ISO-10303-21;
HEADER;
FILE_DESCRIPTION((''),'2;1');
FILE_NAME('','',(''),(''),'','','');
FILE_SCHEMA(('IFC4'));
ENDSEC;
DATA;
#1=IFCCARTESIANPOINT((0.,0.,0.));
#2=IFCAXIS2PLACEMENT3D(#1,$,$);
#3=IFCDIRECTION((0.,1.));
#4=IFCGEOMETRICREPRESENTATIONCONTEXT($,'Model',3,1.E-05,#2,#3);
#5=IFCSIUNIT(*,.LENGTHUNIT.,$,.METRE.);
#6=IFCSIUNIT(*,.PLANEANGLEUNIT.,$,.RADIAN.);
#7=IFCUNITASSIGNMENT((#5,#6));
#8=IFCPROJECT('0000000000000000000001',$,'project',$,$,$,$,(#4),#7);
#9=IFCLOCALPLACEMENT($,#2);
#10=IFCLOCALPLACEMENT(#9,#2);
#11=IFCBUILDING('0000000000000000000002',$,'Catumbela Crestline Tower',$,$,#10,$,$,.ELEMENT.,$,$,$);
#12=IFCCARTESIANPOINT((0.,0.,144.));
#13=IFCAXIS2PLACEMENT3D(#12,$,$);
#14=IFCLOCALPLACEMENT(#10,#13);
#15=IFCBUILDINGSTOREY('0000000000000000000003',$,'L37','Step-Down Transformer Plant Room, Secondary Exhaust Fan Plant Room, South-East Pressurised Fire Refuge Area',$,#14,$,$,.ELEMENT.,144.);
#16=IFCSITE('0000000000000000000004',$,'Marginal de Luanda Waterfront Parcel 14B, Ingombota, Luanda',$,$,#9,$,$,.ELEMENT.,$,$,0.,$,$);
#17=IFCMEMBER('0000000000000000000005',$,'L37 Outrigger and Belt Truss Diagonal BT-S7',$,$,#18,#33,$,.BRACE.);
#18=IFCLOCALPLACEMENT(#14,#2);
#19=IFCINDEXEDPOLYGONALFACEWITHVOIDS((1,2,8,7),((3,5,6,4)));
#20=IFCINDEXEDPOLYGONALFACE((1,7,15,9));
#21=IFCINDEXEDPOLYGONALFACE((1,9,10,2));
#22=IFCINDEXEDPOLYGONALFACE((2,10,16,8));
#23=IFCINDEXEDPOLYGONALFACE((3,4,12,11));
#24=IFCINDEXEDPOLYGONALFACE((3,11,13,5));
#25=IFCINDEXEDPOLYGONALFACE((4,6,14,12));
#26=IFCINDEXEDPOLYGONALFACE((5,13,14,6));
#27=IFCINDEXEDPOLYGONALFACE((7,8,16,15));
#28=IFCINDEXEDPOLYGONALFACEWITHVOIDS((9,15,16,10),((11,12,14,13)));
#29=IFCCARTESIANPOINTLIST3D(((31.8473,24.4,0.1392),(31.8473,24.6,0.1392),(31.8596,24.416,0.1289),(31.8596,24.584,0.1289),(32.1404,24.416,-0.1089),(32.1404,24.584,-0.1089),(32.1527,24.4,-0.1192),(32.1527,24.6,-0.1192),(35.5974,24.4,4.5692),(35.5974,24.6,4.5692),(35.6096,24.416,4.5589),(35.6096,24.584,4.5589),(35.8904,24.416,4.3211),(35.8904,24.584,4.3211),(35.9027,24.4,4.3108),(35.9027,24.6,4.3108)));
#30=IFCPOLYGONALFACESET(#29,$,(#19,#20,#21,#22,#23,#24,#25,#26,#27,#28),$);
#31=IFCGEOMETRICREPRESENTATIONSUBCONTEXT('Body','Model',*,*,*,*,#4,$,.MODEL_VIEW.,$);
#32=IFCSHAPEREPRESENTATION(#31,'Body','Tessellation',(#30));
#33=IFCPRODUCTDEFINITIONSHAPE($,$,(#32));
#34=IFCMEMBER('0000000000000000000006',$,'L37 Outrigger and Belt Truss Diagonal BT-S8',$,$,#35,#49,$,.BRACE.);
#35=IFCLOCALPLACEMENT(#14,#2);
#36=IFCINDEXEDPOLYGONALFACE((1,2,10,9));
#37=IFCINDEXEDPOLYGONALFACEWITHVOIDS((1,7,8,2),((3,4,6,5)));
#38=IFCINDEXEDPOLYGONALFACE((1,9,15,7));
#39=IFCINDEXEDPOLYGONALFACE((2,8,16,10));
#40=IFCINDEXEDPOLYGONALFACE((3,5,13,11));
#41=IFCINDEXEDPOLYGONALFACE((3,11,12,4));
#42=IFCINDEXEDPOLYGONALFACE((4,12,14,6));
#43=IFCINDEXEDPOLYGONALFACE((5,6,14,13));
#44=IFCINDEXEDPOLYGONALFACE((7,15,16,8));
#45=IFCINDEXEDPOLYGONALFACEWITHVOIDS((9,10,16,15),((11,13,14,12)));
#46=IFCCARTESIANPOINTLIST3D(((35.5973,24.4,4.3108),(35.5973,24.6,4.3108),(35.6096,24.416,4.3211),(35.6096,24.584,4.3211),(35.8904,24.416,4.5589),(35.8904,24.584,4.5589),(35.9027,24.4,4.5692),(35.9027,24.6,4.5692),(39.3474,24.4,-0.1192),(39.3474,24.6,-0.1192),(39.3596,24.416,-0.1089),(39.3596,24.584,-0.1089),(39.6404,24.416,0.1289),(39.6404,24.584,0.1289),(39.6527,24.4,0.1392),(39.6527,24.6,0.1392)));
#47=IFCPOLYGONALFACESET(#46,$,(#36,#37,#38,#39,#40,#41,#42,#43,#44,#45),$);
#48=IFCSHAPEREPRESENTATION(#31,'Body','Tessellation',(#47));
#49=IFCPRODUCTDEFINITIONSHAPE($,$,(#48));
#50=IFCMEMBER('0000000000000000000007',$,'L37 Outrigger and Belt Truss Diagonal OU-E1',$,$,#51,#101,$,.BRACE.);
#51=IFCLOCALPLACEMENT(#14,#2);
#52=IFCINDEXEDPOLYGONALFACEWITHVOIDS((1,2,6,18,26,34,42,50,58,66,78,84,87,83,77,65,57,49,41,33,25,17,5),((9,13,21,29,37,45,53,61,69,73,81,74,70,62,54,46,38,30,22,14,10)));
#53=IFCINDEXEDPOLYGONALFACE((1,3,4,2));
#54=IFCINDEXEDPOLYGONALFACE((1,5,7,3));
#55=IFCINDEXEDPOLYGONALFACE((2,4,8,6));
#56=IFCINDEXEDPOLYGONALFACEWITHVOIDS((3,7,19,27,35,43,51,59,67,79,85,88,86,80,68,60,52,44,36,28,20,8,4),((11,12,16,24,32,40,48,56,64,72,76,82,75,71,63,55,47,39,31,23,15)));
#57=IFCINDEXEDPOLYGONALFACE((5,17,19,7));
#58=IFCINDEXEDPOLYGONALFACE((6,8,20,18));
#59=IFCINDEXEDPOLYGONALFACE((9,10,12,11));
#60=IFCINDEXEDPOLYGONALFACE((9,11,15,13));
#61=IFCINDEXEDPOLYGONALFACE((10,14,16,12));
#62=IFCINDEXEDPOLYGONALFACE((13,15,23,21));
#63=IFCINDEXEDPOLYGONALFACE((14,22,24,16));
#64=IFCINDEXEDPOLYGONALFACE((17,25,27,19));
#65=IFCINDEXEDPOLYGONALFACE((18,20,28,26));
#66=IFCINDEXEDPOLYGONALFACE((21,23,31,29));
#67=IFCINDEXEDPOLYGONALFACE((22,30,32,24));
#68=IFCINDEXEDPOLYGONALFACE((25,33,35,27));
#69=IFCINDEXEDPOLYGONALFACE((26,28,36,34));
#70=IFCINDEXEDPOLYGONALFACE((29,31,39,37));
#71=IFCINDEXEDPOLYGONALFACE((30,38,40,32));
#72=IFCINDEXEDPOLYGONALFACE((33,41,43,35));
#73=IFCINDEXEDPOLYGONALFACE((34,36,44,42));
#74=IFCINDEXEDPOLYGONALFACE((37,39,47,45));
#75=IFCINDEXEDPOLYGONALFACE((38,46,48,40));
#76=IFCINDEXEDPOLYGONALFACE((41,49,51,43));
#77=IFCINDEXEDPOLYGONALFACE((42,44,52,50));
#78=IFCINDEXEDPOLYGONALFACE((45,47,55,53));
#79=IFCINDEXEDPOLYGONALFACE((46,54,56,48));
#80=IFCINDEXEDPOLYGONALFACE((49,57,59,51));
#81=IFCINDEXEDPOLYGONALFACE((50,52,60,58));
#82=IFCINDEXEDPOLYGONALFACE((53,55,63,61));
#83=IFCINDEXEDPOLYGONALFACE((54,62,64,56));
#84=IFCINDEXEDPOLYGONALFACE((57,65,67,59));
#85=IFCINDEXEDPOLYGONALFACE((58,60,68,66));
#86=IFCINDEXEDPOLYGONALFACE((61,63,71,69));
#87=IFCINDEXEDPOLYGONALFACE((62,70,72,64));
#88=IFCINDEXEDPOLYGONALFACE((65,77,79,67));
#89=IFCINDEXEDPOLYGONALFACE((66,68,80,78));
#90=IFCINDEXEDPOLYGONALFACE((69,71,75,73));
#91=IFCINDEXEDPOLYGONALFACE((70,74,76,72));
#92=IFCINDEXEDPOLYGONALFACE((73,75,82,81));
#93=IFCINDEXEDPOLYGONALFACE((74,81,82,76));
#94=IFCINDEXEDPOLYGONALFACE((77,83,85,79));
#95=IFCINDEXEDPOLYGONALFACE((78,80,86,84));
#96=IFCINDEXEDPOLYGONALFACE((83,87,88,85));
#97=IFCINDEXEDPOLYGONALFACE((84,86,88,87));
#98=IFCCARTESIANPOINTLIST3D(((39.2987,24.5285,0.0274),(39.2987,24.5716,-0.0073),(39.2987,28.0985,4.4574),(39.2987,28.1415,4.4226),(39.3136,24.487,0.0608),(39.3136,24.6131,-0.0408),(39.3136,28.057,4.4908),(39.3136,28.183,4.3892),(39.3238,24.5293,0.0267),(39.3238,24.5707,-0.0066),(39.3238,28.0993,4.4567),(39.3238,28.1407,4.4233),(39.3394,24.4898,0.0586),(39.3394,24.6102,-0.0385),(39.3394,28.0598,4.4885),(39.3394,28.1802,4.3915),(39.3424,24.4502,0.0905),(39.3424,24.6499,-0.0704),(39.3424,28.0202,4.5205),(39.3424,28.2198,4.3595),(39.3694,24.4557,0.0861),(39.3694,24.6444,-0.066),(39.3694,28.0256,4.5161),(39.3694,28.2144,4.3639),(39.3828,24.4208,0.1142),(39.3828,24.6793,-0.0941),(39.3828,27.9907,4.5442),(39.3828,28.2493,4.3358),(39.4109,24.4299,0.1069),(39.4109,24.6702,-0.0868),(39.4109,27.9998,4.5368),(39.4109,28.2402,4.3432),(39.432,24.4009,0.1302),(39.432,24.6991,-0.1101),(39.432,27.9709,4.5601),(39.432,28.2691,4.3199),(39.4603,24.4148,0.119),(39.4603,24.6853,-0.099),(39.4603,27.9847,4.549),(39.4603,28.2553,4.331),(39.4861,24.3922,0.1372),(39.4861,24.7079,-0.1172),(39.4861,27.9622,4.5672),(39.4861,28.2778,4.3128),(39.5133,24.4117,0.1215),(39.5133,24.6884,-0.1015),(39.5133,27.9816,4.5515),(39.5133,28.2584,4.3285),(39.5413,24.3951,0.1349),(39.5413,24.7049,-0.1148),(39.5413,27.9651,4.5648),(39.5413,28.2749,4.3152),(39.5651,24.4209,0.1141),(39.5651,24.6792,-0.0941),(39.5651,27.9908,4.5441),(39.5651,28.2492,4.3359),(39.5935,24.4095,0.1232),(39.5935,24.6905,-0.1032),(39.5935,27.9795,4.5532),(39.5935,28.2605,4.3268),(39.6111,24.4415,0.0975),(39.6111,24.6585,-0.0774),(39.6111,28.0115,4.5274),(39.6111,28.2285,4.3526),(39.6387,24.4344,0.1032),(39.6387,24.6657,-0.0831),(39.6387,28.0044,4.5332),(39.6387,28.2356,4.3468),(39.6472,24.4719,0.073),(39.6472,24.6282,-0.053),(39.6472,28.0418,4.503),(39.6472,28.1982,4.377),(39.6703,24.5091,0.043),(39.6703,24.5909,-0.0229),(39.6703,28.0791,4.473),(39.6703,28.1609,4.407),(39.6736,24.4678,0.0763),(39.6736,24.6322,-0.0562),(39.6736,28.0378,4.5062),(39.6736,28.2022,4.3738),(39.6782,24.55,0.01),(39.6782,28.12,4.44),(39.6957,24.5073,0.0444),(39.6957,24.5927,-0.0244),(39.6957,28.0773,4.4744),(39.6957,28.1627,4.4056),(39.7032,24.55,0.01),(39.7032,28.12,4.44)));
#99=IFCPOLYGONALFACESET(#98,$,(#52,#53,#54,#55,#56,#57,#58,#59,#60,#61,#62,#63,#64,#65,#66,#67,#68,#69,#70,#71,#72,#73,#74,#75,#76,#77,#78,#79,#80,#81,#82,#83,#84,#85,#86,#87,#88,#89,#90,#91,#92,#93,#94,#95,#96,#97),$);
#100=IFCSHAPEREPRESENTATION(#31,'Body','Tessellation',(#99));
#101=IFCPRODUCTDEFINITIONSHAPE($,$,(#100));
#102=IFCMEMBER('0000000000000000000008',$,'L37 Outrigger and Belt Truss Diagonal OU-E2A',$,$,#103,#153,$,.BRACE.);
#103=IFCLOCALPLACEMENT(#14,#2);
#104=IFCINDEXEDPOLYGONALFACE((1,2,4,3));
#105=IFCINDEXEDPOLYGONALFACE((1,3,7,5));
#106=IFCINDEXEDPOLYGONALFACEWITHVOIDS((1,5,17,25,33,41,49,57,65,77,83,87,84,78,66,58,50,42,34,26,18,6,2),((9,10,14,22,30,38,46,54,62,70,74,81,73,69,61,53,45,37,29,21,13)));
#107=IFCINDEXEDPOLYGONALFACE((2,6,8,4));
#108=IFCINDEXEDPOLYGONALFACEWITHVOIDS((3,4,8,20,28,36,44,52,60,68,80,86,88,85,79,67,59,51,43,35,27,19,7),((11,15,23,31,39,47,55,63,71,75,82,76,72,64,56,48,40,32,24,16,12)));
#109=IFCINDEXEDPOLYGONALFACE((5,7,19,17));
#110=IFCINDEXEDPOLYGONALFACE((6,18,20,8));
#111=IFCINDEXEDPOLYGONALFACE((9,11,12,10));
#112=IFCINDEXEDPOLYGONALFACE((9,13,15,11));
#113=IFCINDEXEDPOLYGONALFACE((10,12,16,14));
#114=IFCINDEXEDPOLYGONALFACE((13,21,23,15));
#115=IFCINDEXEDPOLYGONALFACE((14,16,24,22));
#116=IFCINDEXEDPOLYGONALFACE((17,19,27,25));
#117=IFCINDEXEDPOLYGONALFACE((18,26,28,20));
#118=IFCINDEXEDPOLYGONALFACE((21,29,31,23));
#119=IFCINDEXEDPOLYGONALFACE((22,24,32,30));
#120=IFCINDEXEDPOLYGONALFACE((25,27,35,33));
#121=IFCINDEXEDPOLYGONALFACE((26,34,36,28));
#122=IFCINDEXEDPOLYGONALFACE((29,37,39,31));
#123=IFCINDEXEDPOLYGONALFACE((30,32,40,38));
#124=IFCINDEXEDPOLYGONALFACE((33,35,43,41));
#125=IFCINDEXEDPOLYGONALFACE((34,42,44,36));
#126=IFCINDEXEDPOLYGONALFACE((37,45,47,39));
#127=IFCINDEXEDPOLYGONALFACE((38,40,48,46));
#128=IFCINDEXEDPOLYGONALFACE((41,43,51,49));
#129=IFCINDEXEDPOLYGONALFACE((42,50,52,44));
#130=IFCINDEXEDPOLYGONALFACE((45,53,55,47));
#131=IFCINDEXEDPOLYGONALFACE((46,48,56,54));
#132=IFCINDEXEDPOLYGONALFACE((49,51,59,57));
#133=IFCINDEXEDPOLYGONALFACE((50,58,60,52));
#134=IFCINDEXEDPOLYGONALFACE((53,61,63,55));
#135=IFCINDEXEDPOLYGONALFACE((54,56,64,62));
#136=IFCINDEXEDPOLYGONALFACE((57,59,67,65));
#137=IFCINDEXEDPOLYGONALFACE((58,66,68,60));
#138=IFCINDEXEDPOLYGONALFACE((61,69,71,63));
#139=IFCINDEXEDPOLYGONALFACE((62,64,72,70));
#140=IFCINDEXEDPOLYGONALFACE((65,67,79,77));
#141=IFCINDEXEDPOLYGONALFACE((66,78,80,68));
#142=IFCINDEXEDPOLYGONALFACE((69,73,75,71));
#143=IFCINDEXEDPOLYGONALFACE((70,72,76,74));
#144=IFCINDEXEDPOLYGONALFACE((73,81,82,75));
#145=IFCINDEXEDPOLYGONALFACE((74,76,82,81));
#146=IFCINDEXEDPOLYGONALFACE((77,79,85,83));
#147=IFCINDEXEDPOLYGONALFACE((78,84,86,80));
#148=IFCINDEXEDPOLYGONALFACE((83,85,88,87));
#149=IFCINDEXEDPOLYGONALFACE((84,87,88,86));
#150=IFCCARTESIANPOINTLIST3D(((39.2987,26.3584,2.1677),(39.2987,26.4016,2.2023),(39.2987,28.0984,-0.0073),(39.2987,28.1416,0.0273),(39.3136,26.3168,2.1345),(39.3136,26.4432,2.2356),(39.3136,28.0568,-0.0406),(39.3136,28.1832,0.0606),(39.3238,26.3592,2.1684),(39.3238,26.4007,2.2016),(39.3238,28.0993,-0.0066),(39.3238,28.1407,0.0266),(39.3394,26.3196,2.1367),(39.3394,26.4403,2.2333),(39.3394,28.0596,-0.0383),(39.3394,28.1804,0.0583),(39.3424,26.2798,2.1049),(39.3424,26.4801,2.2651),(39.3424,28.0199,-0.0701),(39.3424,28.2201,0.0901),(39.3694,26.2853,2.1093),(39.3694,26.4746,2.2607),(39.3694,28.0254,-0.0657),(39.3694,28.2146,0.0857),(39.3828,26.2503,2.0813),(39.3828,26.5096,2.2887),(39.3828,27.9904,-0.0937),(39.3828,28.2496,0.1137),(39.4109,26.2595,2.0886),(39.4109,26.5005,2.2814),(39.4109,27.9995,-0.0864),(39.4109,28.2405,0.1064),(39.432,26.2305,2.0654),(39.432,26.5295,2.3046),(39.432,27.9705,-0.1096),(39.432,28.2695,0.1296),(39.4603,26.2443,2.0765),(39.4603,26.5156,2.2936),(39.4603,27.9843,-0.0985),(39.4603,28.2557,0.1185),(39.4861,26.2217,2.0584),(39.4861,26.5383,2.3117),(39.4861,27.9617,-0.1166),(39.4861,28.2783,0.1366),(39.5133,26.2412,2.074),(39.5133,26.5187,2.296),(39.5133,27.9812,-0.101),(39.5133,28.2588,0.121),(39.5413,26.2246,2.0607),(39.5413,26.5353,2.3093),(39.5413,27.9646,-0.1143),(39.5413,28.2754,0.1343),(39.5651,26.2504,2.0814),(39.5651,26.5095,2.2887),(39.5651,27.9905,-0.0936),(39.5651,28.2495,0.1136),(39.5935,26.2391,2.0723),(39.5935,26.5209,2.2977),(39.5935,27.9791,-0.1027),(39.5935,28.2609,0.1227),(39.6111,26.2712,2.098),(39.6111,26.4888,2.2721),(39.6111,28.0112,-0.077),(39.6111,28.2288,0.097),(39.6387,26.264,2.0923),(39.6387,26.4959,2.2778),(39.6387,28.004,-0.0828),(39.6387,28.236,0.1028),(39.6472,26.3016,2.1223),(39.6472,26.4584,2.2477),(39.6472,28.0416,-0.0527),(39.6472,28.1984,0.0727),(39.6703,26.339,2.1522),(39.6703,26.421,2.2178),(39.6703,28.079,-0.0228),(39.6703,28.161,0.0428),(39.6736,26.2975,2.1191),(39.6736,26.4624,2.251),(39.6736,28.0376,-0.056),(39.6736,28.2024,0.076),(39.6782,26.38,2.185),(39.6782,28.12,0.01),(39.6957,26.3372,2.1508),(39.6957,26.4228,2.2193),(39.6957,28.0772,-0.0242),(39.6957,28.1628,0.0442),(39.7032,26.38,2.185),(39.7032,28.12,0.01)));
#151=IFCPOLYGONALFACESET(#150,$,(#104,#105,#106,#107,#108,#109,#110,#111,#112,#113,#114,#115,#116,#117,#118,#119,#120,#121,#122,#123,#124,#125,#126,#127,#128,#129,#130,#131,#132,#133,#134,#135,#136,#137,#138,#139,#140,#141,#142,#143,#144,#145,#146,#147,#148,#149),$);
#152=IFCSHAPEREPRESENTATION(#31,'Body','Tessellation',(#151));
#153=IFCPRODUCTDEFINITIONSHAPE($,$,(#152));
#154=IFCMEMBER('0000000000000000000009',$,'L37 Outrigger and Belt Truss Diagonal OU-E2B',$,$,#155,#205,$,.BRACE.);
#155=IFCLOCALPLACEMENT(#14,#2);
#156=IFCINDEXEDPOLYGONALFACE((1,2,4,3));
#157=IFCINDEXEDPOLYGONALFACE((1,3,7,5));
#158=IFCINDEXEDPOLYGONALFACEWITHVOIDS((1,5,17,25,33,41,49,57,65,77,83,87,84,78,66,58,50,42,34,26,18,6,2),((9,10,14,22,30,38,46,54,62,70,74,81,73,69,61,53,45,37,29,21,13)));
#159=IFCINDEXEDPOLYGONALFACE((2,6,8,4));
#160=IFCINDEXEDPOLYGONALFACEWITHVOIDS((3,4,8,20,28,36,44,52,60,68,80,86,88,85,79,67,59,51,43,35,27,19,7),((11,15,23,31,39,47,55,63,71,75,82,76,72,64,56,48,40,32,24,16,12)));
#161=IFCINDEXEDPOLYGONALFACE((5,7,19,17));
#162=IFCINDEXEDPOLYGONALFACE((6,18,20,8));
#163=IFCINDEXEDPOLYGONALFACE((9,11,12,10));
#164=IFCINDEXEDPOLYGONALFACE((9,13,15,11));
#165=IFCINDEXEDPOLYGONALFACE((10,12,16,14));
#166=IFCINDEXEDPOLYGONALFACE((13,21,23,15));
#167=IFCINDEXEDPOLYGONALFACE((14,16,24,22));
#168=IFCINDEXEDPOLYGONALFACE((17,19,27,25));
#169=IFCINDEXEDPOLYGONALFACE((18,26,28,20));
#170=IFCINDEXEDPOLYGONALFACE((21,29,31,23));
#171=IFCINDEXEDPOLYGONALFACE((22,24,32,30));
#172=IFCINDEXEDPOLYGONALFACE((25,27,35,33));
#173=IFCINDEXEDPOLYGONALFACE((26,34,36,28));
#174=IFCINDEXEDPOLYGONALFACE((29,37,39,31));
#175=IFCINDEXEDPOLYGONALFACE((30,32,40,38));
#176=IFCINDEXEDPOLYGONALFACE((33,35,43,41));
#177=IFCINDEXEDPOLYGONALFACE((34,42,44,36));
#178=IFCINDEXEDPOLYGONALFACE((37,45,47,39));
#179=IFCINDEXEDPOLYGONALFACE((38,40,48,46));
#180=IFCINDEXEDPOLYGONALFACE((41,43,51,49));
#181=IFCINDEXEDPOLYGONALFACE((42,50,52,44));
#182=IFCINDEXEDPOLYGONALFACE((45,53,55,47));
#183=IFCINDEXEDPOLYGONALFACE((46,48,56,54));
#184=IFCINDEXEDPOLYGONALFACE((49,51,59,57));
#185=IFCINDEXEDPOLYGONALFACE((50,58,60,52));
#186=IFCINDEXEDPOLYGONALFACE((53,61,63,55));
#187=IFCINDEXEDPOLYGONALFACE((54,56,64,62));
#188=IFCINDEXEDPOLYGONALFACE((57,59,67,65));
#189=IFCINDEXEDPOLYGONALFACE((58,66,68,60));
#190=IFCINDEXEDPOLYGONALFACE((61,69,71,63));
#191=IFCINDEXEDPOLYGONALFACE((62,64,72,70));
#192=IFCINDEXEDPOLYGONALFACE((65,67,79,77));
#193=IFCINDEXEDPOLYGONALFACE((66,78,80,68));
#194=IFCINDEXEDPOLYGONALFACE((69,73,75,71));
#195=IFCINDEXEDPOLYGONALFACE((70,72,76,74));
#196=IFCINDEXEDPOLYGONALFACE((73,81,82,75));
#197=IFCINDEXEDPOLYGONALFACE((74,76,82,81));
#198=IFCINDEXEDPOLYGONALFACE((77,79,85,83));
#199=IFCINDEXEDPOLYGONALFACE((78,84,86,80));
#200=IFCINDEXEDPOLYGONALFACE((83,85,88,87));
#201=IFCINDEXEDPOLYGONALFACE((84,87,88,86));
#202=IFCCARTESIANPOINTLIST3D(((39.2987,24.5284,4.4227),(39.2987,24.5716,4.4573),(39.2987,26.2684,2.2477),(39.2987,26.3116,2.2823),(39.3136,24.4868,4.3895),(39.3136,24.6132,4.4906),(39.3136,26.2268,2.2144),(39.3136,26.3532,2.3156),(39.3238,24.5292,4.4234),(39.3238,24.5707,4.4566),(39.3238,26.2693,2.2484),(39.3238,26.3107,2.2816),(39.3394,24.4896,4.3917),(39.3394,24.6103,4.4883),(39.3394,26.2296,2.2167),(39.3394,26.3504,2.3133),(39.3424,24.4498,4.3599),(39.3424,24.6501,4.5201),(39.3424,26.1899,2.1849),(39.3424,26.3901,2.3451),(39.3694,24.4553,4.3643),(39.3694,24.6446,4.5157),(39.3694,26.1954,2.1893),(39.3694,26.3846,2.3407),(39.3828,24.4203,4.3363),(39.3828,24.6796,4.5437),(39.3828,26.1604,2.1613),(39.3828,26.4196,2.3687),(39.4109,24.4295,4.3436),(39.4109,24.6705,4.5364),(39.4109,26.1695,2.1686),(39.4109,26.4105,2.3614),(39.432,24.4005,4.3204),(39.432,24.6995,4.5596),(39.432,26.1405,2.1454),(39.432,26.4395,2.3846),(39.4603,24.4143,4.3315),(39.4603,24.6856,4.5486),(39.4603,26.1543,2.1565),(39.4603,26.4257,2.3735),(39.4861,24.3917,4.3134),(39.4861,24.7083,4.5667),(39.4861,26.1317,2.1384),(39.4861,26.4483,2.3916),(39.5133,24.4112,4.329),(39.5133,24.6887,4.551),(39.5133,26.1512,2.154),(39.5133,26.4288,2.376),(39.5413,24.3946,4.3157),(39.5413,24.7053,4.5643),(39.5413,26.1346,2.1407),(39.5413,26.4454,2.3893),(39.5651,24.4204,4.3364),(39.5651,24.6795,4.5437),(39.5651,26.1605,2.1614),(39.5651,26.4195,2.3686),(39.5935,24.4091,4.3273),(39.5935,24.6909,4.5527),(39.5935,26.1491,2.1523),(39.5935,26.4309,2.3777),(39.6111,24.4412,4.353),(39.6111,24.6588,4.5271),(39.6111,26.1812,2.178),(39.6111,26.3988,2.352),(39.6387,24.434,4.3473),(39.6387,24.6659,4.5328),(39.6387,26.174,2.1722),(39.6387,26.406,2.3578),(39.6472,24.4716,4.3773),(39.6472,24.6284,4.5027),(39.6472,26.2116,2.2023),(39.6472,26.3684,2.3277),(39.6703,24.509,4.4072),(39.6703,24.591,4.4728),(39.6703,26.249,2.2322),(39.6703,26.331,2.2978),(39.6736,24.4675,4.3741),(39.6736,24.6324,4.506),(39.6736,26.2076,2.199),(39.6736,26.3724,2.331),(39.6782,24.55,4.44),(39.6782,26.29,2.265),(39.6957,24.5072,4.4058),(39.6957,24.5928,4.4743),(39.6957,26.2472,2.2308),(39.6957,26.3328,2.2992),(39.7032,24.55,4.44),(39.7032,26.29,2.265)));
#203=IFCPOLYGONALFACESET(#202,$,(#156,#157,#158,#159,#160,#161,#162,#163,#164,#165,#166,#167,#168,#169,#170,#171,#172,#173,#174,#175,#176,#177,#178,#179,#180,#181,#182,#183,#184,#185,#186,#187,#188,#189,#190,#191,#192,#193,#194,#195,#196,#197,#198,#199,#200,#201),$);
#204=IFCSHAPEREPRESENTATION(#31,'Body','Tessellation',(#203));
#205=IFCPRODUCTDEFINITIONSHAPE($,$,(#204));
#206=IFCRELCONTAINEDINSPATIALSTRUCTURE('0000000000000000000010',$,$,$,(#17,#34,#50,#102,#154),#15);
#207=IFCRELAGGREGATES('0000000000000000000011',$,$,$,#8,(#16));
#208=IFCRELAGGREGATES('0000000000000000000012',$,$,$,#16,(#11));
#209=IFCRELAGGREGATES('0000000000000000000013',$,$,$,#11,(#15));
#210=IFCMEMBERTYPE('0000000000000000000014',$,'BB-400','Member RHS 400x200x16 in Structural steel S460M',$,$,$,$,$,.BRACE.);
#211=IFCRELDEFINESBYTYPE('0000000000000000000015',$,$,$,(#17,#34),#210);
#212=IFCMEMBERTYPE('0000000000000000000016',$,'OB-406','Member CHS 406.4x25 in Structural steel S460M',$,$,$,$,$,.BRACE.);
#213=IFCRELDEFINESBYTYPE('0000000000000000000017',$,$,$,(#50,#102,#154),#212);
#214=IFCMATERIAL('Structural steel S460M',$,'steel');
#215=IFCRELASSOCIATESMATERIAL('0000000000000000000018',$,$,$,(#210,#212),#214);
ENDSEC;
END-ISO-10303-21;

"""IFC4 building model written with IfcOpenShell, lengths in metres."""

from ifc_helpers import new_model, si_unit, direction, frame, origin, origin_2d, place, context, subcontext, project, spatial, hollow_rectangle, hollow_circle, extrude, material, material_profile, profile_set, type_object, element, save


model = new_model("IFC4")

# Units and contexts
model_context = context("Model", 3, precision=1e-05, world=origin(), true_north=direction((0.0, 1.0)))
body_context = subcontext(model_context, "Body", "Model", "MODEL_VIEW")
ifc_project = project(units=[si_unit("LENGTHUNIT", "METRE"), si_unit("PLANEANGLEUNIT", "RADIAN")], contexts=[model_context])

# Site, building, storey
site_placement = place(None, origin())
site = spatial("IfcSite", under=ifc_project, at=site_placement, Name="Marginal de Luanda Waterfront Parcel 14B, Ingombota, Luanda", CompositionType="ELEMENT", RefElevation=0.0)
building_placement = place(site_placement, origin())
building = spatial("IfcBuilding", under=site, at=building_placement, Name="Catumbela Crestline Tower", CompositionType="ELEMENT")
storey_placement = place(building_placement, frame((0.0, 0.0, 144.0)))
storey = spatial("IfcBuildingStorey", under=building, at=storey_placement, Name="L37", Description="Step-Down Transformer Plant Room, Secondary Exhaust Fan Plant Room, South-East Pressurised Fire Refuge Area", CompositionType="ELEMENT", Elevation=144.0)

# Shared definitions
ifc_material_1 = material(Name="Structural steel S460M", Category="steel")

# Members
ifc_material_profile_1 = material_profile(ifc_material_1, hollow_rectangle(XDim=0.2, YDim=0.4, WallThickness=0.016, at=origin_2d()), Name="RHS 400x200x16")
ifc_profile_set_1 = profile_set([ifc_material_profile_1], Name="Structural steel S460M")
member_type_1 = type_object("IfcMemberType", Name="BB-400", Description="Member RHS 400x200x16 in Structural steel S460M", PredefinedType="BRACE", material=ifc_profile_set_1)
for number, where, z_axis, x_axis, name in (
    (1, (32.0, 24.5, 0.01), (0.646097, 0.0, 0.763256), (0.0, 1.0, 0.0), "L37 Outrigger and Belt Truss Diagonal BT-S7"),
    (2, (35.75, 24.5, 4.44), (0.646097, 0.0, -0.763256), (0.0, 1.0, 0.0), "L37 Outrigger and Belt Truss Diagonal BT-S8"),
):
    element("IfcMember", number, at=place(storey_placement, frame(where, z_axis=z_axis, x_axis=x_axis)), inside=storey, type_object=member_type_1, Name=name, PredefinedType="BRACE", context=body_context, shape_type="SweptSolid", body=[
        extrude(hollow_rectangle(XDim=0.2, YDim=0.4, WallThickness=0.016, at=origin_2d()), origin(), (0.0, 0.0, 1.0), 5.8041),
    ])
ifc_material_profile_2 = material_profile(ifc_material_1, hollow_circle(Radius=0.2032, WallThickness=0.025, at=origin_2d()), Name="CHS 406.4x25")
ifc_profile_set_2 = profile_set([ifc_material_profile_2], Name="Structural steel S460M")
member_type_2 = type_object("IfcMemberType", Name="OB-406", Description="Member CHS 406.4x25 in Structural steel S460M", PredefinedType="BRACE", material=ifc_profile_set_2)
member_placement = place(storey_placement, frame((39.5, 28.12, 4.44), z_axis=(0.0, -0.627478, -0.778635), x_axis=(1.0, 0.0, 0.0)))
element("IfcMember", 3, at=member_placement, inside=storey, type_object=member_type_2, Name="L37 Outrigger and Belt Truss Diagonal OU-E1", PredefinedType="BRACE", context=body_context, shape_type="SweptSolid", body=[
    extrude(hollow_circle(Radius=0.2032, WallThickness=0.025, at=origin_2d()), origin(), (0.0, 0.0, 1.0), 5.6894),
])
for number, where, z_axis, x_axis, name in (
    (4, (39.5, 28.12, 0.01), (0.0, -0.624695, 0.780869), (1.0, 0.0, 0.0), "L37 Outrigger and Belt Truss Diagonal OU-E2A"),
    (5, (39.5, 26.29, 2.265), (0.0, -0.624695, 0.780869), (1.0, 0.0, 0.0), "L37 Outrigger and Belt Truss Diagonal OU-E2B"),
):
    element("IfcMember", number, at=place(storey_placement, frame(where, z_axis=z_axis, x_axis=x_axis)), inside=storey, type_object=member_type_2, Name=name, PredefinedType="BRACE", context=body_context, shape_type="SweptSolid", body=[
        extrude(hollow_circle(Radius=0.2032, WallThickness=0.025, at=origin_2d()), origin(), (0.0, 0.0, 1.0), 2.7854),
    ])

save(model, "model.ifc")
